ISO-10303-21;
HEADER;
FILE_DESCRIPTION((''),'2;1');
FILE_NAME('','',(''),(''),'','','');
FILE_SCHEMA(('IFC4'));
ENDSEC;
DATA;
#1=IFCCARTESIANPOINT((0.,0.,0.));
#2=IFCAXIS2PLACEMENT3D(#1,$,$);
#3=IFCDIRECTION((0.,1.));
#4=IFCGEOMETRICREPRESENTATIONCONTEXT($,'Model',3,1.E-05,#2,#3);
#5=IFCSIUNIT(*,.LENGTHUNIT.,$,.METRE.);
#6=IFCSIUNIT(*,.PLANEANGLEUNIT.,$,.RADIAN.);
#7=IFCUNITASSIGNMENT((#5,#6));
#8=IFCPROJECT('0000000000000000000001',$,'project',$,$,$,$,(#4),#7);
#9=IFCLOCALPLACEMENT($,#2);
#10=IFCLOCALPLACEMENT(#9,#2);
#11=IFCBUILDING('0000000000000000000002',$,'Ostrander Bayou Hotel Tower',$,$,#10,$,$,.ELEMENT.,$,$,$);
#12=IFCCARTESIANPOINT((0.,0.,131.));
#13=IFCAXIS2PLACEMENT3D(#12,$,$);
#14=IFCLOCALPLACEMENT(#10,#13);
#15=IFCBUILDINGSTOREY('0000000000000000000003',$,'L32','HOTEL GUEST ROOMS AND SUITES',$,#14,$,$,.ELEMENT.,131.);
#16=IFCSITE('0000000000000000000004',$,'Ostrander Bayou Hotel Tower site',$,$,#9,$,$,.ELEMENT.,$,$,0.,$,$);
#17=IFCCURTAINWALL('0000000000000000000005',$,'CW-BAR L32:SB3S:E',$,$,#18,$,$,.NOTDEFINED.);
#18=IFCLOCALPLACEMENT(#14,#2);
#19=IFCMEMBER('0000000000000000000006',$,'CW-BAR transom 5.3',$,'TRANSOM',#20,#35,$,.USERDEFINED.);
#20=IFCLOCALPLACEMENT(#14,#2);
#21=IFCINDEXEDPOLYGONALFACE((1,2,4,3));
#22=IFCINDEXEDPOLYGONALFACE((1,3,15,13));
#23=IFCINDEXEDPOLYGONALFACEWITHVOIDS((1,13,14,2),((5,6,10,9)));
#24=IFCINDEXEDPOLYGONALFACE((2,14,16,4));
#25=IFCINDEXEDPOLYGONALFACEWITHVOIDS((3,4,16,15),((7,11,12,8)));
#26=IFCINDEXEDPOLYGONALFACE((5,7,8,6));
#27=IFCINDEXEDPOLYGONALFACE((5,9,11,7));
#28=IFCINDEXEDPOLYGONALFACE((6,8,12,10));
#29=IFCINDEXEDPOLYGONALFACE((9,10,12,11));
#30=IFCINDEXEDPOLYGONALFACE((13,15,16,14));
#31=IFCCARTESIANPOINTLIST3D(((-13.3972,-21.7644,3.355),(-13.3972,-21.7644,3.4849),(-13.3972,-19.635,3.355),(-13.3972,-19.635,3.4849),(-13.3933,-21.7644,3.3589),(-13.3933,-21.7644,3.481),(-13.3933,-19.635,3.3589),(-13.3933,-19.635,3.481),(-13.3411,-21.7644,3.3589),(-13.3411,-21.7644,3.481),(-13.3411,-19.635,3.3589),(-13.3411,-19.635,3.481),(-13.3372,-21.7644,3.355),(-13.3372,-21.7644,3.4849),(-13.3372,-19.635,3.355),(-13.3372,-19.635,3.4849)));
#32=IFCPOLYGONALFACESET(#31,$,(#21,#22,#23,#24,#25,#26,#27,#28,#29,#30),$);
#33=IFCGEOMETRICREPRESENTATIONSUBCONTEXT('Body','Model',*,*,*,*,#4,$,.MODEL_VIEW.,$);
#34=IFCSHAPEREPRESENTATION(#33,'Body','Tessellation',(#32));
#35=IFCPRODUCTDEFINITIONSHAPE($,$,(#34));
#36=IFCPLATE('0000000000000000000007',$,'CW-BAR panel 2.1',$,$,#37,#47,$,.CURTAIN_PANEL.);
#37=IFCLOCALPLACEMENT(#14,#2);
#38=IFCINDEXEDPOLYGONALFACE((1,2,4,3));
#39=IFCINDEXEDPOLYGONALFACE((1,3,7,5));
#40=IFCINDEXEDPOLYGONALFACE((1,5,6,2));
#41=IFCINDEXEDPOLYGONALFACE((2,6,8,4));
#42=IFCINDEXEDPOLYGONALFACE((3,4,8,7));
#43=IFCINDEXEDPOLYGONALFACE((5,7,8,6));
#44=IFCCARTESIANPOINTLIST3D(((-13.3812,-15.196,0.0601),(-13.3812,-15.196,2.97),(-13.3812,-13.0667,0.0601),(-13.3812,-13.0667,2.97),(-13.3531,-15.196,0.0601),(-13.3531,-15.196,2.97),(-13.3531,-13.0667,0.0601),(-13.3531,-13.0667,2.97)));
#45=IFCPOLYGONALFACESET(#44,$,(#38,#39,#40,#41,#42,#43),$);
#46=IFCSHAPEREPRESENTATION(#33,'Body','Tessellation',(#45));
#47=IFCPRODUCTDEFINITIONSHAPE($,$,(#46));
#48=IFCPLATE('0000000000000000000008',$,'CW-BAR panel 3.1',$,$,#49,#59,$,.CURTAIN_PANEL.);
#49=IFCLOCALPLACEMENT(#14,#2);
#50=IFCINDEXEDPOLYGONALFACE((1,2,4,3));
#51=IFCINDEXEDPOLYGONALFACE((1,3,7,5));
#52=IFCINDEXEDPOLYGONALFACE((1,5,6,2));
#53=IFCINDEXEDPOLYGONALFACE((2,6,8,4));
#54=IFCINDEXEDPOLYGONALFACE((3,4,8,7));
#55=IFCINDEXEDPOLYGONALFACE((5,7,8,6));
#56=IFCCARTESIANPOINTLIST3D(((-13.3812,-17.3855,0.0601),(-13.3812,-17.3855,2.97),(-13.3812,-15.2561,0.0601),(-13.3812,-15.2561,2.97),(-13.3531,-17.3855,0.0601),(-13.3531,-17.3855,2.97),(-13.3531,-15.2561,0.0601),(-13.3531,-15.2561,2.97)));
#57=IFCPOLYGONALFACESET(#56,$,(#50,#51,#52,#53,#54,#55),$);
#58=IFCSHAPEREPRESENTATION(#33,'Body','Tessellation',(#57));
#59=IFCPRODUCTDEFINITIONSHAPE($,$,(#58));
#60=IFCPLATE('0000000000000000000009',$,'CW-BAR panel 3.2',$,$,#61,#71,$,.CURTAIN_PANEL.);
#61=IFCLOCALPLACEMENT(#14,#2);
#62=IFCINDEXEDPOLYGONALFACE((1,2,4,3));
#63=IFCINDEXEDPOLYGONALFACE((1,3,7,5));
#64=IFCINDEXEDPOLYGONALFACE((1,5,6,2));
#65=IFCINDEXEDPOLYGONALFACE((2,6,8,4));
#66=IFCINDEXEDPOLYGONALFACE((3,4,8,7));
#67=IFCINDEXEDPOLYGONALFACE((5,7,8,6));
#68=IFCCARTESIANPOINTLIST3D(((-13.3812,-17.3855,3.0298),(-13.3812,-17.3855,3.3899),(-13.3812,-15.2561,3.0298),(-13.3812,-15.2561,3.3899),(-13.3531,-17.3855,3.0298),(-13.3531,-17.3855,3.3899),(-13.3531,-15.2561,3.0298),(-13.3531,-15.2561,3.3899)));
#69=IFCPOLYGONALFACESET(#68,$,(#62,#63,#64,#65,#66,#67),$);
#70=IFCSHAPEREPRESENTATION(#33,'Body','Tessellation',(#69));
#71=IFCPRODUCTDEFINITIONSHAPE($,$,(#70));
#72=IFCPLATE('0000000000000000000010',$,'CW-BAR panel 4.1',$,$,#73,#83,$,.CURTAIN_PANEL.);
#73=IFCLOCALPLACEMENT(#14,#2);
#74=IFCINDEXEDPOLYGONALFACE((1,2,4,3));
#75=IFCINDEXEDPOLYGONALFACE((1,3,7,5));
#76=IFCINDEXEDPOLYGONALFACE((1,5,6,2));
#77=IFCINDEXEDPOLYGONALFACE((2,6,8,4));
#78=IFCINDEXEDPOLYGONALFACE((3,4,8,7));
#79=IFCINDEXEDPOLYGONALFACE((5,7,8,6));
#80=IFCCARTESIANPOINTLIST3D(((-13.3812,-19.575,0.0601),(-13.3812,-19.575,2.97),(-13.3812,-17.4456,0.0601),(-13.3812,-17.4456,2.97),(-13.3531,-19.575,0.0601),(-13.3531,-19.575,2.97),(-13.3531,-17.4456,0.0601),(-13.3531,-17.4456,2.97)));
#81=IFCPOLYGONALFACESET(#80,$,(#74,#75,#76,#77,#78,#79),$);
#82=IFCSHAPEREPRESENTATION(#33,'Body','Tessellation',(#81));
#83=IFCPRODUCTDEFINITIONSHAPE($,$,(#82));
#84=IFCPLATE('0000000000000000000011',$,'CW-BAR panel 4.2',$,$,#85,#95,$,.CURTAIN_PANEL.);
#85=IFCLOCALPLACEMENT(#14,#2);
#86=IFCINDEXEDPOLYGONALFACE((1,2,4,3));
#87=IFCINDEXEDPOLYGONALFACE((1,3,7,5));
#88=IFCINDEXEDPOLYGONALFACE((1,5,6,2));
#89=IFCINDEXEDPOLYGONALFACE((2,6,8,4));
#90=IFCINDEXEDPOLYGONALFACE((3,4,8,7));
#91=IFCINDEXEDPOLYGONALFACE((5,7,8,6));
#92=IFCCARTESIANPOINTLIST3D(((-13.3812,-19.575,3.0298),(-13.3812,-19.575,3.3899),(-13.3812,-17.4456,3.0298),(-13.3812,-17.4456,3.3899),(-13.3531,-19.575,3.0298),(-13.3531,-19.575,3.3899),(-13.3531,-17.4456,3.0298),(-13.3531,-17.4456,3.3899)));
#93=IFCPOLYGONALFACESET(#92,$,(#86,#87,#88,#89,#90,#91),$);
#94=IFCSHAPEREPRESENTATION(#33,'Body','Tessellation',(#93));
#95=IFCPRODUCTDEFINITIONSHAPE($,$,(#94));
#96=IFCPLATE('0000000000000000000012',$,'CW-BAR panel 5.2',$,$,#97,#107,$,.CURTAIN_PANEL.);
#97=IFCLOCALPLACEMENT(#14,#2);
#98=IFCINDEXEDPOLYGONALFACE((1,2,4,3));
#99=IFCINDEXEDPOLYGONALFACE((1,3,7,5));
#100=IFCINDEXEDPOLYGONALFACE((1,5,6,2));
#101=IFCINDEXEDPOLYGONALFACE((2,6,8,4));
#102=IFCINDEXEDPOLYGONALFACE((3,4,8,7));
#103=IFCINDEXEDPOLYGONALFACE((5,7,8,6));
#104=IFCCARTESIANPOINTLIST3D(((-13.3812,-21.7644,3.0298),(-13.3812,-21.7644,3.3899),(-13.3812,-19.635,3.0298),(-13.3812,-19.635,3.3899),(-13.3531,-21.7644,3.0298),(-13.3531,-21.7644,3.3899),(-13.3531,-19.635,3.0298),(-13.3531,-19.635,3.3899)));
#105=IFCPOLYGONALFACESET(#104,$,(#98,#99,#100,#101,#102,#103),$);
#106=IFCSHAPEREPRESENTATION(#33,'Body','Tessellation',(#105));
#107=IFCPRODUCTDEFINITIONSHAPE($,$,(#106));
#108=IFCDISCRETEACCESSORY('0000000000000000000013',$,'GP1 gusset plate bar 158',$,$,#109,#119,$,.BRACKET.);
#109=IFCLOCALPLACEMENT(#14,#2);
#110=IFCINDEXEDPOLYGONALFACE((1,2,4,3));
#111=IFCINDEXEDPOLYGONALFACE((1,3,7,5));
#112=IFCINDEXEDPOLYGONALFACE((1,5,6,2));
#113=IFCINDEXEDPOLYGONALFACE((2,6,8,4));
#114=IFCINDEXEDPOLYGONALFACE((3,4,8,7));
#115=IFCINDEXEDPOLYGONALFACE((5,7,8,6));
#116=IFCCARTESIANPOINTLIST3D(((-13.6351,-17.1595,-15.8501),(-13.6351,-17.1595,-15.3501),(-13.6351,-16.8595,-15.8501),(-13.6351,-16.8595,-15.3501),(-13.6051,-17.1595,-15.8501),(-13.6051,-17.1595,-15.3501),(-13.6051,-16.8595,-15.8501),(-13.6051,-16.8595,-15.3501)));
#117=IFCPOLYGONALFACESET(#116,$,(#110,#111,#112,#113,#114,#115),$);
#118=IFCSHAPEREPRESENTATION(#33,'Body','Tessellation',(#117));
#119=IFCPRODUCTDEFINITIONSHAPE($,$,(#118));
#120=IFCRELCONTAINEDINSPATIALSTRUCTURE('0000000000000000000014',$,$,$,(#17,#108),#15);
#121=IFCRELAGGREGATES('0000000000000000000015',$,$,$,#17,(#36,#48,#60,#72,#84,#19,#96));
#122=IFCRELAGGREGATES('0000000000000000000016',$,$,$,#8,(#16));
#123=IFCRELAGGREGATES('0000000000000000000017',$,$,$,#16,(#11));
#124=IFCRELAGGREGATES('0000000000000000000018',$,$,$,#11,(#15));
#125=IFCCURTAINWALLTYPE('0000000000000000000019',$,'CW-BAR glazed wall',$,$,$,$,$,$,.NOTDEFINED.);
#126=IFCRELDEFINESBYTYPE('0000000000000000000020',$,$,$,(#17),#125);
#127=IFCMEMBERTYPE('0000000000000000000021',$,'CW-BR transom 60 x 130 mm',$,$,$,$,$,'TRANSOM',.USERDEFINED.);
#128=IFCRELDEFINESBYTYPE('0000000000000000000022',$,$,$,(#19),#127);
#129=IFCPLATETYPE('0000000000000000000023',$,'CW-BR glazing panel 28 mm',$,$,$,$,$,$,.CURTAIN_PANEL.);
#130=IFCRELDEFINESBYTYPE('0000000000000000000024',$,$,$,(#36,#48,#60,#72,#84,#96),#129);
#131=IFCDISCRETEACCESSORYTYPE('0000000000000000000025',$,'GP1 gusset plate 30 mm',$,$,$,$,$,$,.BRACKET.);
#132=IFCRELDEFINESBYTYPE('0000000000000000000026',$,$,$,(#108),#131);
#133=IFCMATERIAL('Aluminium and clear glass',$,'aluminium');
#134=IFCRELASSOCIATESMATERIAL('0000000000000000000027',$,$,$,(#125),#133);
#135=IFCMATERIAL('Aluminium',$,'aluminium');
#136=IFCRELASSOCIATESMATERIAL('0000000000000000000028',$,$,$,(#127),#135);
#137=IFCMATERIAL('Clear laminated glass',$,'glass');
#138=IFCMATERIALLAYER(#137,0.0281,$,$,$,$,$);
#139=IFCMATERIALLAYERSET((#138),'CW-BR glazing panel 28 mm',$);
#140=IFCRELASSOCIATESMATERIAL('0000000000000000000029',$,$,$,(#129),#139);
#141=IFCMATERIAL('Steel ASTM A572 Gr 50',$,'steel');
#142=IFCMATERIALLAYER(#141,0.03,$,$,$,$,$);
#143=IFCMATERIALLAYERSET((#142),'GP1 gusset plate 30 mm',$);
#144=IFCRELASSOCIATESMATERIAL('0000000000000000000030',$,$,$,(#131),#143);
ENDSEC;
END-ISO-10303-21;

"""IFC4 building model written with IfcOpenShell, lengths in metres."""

from ifc_helpers import new_model, si_unit, direction, frame, origin, origin_2d, place, context, subcontext, project, spatial, rectangle, hollow_rectangle, extrude, material, layer, layer_set, material_profile, profile_set, type_object, element, aggregate, save


model = new_model("IFC4")

# Units and contexts
model_context = context("Model", 3, precision=1e-05, world=origin(), true_north=direction((0.0, 1.0)))
body_context = subcontext(model_context, "Body", "Model", "MODEL_VIEW")
ifc_project = project(units=[si_unit("LENGTHUNIT", "METRE"), si_unit("PLANEANGLEUNIT", "RADIAN")], contexts=[model_context])

# Site, building, storey
site_placement = place(None, origin())
site = spatial("IfcSite", under=ifc_project, at=site_placement, Name="Ostrander Bayou Hotel Tower site", CompositionType="ELEMENT", RefElevation=0.0)
building_placement = place(site_placement, origin())
building = spatial("IfcBuilding", under=site, at=building_placement, Name="Ostrander Bayou Hotel Tower", CompositionType="ELEMENT")
storey_placement = place(building_placement, frame((0.0, 0.0, 131.0)))
storey = spatial("IfcBuildingStorey", under=building, at=storey_placement, Name="L32", Description="HOTEL GUEST ROOMS AND SUITES", CompositionType="ELEMENT", Elevation=131.0)

# Curtain wall, member, plates
ifc_material_1 = material(Name="Aluminium and clear glass", Category="aluminium")
curtain_wall_type = type_object("IfcCurtainWallType", Name="CW-BAR glazed wall", PredefinedType="NOTDEFINED", material=ifc_material_1)
curtain_wall_placement = place(storey_placement, origin())
curtain_wall = element("IfcCurtainWall", 1, at=curtain_wall_placement, inside=storey, type_object=curtain_wall_type, Name="CW-BAR L32:SB3S:E", PredefinedType="NOTDEFINED")
ifc_material_2 = material(Name="Aluminium", Category="aluminium")
ifc_material_profile_1 = material_profile(ifc_material_2, hollow_rectangle(XDim=0.0601, YDim=0.1299, WallThickness=0.0039, at=origin_2d()))
ifc_profile_set_1 = profile_set([ifc_material_profile_1], Name="Aluminium")
member_type_1 = type_object("IfcMemberType", Name="CW-BR transom 60 x 130 mm", ElementType="TRANSOM", PredefinedType="USERDEFINED", material=ifc_profile_set_1)
member_1_placement = place(storey_placement, frame((-13.3672, -19.635, 3.4199), z_axis=(0.0, -1.0, 0.0), x_axis=(1.0, 0.0, 0.0)))
member_1 = element("IfcMember", 2, at=member_1_placement, type_object=member_type_1, Name="CW-BAR transom 5.3", ObjectType="TRANSOM", PredefinedType="USERDEFINED", context=body_context, shape_type="SweptSolid", body=[
    extrude(hollow_rectangle(XDim=0.0601, YDim=0.1299, WallThickness=0.0039, at=origin_2d()), origin(), (0.0, 0.0, 1.0), 2.1294),
])
ifc_material_3 = material(Name="Clear laminated glass", Category="glass")
ifc_layer_1 = layer(ifc_material_3, 0.0281)
ifc_layer_set_1 = layer_set([ifc_layer_1], Name="CW-BR glazing panel 28 mm")
plate_type = type_object("IfcPlateType", Name="CW-BR glazing panel 28 mm", PredefinedType="CURTAIN_PANEL", material=ifc_layer_set_1)
plate_1_placement = place(storey_placement, frame((-13.3672, -14.1313, 0.0601), z_axis=(0.0, 0.0, 1.0), x_axis=(0.0, -1.0, 0.0)))
plate_1 = element("IfcPlate", 3, at=plate_1_placement, type_object=plate_type, Name="CW-BAR panel 2.1", PredefinedType="CURTAIN_PANEL", context=body_context, shape_type="SweptSolid", body=[
    extrude(rectangle(XDim=2.1294, YDim=0.0281, at=origin_2d()), origin(), (0.0, 0.0, 1.0), 2.9099),
])
plate_2_placement = place(storey_placement, frame((-13.3672, -16.3208, 0.0601), z_axis=(0.0, 0.0, 1.0), x_axis=(0.0, -1.0, 0.0)))
plate_2 = element("IfcPlate", 4, at=plate_2_placement, type_object=plate_type, Name="CW-BAR panel 3.1", PredefinedType="CURTAIN_PANEL", context=body_context, shape_type="SweptSolid", body=[
    extrude(rectangle(XDim=2.1294, YDim=0.0281, at=origin_2d()), origin(), (0.0, 0.0, 1.0), 2.9099),
])
plate_3_placement = place(storey_placement, frame((-13.3672, -16.3208, 3.0298), z_axis=(0.0, 0.0, 1.0), x_axis=(0.0, -1.0, 0.0)))
plate_3 = element("IfcPlate", 5, at=plate_3_placement, type_object=plate_type, Name="CW-BAR panel 3.2", PredefinedType="CURTAIN_PANEL", context=body_context, shape_type="SweptSolid", body=[
    extrude(rectangle(XDim=2.1294, YDim=0.0281, at=origin_2d()), origin(), (0.0, 0.0, 1.0), 0.3601),
])
plate_4_placement = place(storey_placement, frame((-13.3672, -18.5103, 0.0601), z_axis=(0.0, 0.0, 1.0), x_axis=(0.0, -1.0, 0.0)))
plate_4 = element("IfcPlate", 6, at=plate_4_placement, type_object=plate_type, Name="CW-BAR panel 4.1", PredefinedType="CURTAIN_PANEL", context=body_context, shape_type="SweptSolid", body=[
    extrude(rectangle(XDim=2.1294, YDim=0.0281, at=origin_2d()), origin(), (0.0, 0.0, 1.0), 2.9099),
])
plate_5_placement = place(storey_placement, frame((-13.3672, -18.5103, 3.0298), z_axis=(0.0, 0.0, 1.0), x_axis=(0.0, -1.0, 0.0)))
plate_5 = element("IfcPlate", 7, at=plate_5_placement, type_object=plate_type, Name="CW-BAR panel 4.2", PredefinedType="CURTAIN_PANEL", context=body_context, shape_type="SweptSolid", body=[
    extrude(rectangle(XDim=2.1294, YDim=0.0281, at=origin_2d()), origin(), (0.0, 0.0, 1.0), 0.3601),
])
plate_6_placement = place(storey_placement, frame((-13.3672, -20.6997, 3.0298), z_axis=(0.0, 0.0, 1.0), x_axis=(0.0, -1.0, 0.0)))
plate_6 = element("IfcPlate", 8, at=plate_6_placement, type_object=plate_type, Name="CW-BAR panel 5.2", PredefinedType="CURTAIN_PANEL", context=body_context, shape_type="SweptSolid", body=[
    extrude(rectangle(XDim=2.1294, YDim=0.0281, at=origin_2d()), origin(), (0.0, 0.0, 1.0), 0.3601),
])
aggregate(curtain_wall, [plate_1, plate_2, plate_3, plate_4, plate_5, member_1, plate_6])

# Discrete accessory
ifc_material_4 = material(Name="Steel ASTM A572 Gr 50", Category="steel")
ifc_layer_2 = layer(ifc_material_4, 0.03)
ifc_layer_set_2 = layer_set([ifc_layer_2], Name="GP1 gusset plate 30 mm")
discrete_accessory_type = type_object("IfcDiscreteAccessoryType", Name="GP1 gusset plate 30 mm", PredefinedType="BRACKET", material=ifc_layer_set_2)
discrete_accessory_placement = place(storey_placement, frame((-13.6201, -17.0095, -15.8501), z_axis=(0.0, 0.0, 1.0), x_axis=(0.0, 1.0, 0.0)))
element("IfcDiscreteAccessory", 9, at=discrete_accessory_placement, inside=storey, type_object=discrete_accessory_type, Name="GP1 gusset plate bar 158", PredefinedType="BRACKET", context=body_context, shape_type="SweptSolid", body=[
    extrude(rectangle(XDim=0.3, YDim=0.03, at=origin_2d()), origin(), (0.0, 0.0, 1.0), 0.5),
])

save(model, "model.ifc")
